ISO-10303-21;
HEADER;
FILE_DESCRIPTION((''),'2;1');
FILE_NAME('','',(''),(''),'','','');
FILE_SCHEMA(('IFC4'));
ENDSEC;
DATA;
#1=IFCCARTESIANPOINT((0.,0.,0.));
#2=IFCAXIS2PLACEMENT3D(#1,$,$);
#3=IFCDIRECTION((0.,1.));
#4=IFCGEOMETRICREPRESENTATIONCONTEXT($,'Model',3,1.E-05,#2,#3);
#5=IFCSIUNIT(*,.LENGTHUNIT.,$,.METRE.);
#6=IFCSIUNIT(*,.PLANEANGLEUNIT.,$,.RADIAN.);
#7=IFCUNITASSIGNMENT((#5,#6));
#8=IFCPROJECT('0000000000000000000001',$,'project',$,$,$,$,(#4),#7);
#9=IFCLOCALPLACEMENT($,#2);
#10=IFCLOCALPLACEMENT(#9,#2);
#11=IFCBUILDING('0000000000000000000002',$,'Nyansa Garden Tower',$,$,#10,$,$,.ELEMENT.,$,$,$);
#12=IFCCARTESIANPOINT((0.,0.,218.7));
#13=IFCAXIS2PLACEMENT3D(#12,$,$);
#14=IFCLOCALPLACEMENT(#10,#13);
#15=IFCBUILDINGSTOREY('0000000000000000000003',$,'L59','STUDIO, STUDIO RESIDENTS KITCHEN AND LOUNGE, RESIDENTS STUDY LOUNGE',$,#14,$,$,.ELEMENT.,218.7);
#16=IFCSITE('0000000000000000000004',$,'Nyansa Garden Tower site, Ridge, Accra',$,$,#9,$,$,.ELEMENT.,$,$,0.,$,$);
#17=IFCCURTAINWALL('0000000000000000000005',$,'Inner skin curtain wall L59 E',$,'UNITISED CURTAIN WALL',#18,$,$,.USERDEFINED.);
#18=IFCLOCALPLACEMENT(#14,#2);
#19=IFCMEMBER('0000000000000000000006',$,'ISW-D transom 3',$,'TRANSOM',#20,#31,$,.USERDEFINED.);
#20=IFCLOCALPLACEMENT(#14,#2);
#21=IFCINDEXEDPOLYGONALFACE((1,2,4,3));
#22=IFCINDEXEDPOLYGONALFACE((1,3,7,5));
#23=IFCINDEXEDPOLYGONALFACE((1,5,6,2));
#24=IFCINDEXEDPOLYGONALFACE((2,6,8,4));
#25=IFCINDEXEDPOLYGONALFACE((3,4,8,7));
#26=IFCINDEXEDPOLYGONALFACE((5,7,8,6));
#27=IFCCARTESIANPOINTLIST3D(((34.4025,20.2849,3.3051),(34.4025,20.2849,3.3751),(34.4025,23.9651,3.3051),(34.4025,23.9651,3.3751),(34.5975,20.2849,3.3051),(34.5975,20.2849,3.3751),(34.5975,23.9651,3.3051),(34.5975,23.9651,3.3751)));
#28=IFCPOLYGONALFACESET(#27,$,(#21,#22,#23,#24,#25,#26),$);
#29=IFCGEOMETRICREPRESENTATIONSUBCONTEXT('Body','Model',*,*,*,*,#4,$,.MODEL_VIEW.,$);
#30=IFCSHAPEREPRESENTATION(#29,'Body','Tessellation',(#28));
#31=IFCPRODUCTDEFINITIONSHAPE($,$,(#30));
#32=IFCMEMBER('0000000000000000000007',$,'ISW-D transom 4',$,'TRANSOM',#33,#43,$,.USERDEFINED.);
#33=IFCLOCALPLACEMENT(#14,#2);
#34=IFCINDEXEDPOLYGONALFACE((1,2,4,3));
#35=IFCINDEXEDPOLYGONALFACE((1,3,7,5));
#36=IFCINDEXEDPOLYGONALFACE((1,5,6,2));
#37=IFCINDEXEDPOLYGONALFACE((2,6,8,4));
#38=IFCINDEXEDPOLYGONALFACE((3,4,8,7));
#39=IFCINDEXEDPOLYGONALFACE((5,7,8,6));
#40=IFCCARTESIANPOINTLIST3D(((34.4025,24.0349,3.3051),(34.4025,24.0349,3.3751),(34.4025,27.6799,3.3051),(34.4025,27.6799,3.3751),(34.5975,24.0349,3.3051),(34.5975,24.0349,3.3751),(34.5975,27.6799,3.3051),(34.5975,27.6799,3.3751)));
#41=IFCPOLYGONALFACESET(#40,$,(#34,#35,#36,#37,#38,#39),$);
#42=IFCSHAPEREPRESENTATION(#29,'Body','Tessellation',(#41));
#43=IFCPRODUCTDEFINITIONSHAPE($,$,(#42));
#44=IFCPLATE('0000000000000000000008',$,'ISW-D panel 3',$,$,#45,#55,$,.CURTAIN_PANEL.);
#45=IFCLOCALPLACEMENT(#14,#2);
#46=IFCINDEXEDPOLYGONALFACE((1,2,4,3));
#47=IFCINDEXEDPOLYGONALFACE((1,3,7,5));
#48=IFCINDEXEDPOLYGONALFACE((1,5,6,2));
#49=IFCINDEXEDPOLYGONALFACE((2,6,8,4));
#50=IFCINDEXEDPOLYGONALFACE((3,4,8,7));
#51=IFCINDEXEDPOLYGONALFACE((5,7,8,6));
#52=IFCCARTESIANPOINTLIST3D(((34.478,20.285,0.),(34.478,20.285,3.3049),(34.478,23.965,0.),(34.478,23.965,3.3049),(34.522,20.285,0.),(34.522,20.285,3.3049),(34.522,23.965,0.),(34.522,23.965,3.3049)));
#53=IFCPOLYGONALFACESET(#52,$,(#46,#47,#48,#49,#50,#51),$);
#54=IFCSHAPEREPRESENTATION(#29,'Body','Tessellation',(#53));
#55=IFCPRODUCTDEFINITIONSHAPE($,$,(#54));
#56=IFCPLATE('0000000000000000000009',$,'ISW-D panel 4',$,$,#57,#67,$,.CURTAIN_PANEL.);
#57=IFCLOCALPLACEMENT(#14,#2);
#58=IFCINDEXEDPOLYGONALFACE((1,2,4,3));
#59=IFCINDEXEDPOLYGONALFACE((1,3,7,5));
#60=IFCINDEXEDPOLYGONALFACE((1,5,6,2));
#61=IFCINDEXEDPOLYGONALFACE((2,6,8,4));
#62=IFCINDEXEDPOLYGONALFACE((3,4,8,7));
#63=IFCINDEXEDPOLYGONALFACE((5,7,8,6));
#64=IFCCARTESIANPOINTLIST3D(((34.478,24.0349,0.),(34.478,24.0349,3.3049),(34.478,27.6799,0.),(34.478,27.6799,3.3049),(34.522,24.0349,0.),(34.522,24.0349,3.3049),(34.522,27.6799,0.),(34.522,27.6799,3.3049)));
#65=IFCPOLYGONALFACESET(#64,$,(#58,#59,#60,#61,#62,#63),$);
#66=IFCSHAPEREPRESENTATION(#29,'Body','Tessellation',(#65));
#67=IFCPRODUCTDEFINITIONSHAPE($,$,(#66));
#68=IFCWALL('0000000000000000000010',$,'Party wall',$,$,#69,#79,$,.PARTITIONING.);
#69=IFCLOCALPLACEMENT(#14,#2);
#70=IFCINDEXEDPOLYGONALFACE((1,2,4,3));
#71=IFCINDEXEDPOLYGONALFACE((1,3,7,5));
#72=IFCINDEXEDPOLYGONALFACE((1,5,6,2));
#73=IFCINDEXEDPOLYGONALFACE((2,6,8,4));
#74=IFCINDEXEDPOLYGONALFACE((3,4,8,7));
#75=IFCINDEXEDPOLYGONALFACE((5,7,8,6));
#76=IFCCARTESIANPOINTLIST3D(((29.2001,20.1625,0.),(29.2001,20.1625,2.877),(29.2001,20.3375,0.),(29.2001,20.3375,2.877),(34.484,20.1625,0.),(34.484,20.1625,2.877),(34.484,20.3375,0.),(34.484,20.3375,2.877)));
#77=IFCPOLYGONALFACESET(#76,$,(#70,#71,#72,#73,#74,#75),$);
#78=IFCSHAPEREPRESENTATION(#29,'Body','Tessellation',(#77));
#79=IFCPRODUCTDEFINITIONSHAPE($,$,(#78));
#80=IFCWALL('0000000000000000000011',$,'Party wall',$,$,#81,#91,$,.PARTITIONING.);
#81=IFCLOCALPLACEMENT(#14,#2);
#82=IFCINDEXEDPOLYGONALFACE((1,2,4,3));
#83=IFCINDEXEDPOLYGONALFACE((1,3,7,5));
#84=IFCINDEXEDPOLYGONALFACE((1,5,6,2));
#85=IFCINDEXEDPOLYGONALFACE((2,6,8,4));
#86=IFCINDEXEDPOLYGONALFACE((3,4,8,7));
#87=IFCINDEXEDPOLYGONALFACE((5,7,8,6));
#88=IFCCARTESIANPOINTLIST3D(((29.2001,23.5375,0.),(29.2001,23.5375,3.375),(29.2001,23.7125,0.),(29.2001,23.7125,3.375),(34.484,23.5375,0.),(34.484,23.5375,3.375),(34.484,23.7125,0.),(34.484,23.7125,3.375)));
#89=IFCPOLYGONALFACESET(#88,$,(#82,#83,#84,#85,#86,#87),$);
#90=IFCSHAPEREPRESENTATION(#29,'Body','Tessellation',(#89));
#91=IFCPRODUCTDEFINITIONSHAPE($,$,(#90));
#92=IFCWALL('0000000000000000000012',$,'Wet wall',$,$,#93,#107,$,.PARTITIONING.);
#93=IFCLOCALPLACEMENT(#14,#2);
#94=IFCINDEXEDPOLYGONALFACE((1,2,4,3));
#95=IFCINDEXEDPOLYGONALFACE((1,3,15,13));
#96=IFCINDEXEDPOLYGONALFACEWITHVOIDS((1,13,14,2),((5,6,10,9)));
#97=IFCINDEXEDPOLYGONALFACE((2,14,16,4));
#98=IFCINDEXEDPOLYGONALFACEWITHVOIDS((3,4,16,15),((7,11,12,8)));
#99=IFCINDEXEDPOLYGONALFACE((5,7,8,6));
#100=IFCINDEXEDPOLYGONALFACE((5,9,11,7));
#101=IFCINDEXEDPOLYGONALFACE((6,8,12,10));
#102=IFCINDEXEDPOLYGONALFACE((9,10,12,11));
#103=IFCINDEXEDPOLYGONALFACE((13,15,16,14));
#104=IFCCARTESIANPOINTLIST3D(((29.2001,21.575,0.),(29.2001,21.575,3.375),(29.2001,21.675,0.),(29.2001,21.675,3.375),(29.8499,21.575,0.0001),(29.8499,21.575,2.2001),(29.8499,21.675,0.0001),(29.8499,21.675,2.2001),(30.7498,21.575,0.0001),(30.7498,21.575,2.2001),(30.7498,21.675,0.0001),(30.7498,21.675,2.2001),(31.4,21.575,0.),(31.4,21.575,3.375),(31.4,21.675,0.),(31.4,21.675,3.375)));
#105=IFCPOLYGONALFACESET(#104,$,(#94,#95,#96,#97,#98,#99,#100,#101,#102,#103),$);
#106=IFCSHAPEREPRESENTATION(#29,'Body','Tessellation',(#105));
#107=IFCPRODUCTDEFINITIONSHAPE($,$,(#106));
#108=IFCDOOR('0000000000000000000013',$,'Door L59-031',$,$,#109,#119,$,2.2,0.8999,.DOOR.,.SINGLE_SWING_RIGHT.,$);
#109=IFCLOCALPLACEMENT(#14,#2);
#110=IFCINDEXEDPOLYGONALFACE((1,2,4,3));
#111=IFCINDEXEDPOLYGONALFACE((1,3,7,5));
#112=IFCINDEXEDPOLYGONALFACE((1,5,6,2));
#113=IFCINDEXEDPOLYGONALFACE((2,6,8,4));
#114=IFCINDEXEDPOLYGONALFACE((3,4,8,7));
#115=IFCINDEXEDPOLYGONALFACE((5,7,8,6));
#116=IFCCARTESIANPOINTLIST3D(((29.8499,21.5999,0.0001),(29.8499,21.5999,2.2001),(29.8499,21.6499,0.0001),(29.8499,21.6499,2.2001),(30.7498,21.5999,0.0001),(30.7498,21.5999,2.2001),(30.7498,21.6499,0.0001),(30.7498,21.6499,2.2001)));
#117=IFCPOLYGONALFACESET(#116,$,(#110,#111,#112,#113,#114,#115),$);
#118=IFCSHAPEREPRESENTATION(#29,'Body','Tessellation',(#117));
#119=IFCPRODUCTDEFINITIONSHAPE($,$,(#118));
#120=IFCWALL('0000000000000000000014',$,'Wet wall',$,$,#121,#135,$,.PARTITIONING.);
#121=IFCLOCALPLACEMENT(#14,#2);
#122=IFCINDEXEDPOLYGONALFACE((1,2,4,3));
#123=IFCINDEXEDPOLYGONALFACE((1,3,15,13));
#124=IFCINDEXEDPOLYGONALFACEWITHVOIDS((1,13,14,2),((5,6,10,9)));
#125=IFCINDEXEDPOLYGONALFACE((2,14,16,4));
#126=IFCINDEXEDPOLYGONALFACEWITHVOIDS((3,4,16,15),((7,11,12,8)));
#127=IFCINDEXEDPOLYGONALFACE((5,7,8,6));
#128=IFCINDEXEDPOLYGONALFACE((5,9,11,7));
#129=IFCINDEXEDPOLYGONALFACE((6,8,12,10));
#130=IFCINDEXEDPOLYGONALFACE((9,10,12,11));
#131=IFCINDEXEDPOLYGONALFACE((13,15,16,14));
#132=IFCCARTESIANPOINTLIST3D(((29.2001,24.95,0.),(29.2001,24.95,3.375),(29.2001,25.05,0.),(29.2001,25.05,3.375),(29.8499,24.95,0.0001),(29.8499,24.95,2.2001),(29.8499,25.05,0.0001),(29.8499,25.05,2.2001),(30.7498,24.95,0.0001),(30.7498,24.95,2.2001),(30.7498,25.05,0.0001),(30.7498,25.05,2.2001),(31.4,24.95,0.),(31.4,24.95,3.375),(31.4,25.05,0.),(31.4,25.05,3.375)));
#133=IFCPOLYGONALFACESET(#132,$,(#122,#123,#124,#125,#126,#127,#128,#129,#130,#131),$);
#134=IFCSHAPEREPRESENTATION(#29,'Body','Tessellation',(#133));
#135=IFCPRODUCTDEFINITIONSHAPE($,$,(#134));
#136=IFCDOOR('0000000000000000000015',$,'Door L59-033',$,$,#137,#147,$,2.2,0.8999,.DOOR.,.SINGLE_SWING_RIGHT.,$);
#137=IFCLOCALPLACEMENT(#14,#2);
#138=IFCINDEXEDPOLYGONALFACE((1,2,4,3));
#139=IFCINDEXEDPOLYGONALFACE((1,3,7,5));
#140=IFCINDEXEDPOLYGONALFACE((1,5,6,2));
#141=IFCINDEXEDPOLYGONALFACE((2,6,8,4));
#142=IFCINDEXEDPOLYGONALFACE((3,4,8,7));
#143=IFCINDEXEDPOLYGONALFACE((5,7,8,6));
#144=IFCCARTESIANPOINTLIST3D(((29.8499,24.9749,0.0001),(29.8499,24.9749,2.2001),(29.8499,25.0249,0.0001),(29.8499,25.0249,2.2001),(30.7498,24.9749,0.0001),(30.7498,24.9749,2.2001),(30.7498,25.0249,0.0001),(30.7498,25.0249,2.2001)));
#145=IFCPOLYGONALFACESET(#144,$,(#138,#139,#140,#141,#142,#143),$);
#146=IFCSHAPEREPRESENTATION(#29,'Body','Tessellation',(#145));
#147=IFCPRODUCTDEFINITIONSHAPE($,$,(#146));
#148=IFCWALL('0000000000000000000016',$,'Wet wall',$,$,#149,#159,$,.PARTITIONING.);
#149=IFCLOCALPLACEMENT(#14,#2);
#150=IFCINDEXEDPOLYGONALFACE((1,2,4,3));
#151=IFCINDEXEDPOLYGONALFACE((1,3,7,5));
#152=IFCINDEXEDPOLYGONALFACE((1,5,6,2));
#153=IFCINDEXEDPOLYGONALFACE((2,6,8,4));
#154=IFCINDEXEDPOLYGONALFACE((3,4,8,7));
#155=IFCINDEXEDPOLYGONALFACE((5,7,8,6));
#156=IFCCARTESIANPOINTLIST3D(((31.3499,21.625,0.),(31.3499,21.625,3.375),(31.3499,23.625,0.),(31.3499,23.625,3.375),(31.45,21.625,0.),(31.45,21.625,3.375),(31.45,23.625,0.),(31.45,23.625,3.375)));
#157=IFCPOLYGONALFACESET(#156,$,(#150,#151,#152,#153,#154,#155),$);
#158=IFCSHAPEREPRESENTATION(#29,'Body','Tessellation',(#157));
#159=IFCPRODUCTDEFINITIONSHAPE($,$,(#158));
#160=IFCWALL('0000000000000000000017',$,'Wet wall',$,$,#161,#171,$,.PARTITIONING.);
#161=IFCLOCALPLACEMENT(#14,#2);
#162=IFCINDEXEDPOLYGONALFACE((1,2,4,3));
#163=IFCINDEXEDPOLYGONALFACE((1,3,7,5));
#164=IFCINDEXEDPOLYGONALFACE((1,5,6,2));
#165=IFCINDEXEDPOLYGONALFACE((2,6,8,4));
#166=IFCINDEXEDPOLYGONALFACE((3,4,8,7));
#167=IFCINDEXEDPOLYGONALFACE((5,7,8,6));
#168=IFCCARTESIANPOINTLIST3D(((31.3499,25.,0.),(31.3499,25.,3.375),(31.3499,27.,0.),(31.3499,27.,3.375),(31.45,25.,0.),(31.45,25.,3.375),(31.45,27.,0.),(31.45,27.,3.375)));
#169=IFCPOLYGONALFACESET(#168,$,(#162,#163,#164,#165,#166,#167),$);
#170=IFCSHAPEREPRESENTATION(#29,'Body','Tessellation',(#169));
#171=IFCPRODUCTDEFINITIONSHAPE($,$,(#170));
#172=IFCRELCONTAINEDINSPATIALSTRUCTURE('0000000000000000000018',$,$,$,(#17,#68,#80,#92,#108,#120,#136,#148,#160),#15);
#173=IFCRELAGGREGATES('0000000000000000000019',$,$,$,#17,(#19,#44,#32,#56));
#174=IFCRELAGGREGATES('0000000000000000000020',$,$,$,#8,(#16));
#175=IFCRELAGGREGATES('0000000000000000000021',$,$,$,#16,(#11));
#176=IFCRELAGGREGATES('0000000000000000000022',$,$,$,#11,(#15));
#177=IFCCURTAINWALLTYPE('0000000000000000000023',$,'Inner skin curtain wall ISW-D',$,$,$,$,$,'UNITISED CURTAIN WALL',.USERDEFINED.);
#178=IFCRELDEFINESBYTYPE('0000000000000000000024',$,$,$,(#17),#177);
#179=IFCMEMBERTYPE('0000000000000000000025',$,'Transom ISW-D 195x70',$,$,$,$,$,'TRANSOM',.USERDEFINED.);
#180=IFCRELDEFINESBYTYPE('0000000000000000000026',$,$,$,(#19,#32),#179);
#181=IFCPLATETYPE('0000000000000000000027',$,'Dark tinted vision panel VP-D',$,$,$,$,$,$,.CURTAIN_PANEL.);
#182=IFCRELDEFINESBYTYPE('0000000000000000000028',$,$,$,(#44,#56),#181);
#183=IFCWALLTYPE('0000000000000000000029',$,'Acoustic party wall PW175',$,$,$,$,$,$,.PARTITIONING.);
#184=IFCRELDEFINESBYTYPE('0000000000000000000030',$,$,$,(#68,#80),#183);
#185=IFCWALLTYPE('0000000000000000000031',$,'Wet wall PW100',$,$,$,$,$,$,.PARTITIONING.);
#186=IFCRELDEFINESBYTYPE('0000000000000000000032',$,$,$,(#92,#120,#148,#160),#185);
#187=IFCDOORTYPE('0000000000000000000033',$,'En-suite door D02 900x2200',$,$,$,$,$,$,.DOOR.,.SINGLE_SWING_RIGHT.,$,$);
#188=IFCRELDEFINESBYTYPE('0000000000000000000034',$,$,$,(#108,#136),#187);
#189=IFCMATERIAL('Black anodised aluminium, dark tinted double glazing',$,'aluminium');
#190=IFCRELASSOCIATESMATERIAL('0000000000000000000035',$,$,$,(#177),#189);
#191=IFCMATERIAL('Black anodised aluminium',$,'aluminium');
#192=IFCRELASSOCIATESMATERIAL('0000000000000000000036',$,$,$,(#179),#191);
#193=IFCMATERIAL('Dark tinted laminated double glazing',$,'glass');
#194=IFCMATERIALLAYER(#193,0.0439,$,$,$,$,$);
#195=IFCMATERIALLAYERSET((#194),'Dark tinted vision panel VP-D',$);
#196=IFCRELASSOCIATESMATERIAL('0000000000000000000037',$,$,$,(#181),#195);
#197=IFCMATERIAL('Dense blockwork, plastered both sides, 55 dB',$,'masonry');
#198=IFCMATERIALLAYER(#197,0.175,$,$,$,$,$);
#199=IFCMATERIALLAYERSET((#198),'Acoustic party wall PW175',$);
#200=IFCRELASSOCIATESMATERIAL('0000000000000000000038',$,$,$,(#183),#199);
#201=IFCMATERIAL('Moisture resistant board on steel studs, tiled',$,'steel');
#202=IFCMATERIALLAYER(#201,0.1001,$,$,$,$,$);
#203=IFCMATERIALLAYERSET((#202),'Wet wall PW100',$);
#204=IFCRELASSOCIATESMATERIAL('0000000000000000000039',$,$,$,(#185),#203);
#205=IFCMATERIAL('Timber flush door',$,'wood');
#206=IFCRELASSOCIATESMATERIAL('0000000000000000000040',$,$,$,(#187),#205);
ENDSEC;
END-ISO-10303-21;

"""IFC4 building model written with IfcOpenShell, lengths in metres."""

from ifc_helpers import new_model, si_unit, direction, frame, frame_2d, origin, origin_2d, place, context, subcontext, project, spatial, rectangle, extrude, material, layer, layer_set, material_profile, profile_set, type_object, element, fill, aggregate, save


model = new_model("IFC4")

# Units and contexts
model_context = context("Model", 3, precision=1e-05, world=origin(), true_north=direction((0.0, 1.0)))
body_context = subcontext(model_context, "Body", "Model", "MODEL_VIEW")
ifc_project = project(units=[si_unit("LENGTHUNIT", "METRE"), si_unit("PLANEANGLEUNIT", "RADIAN")], contexts=[model_context])

# Site, building, storey
site_placement = place(None, origin())
site = spatial("IfcSite", under=ifc_project, at=site_placement, Name="Nyansa Garden Tower site, Ridge, Accra", CompositionType="ELEMENT", RefElevation=0.0)
building_placement = place(site_placement, origin())
building = spatial("IfcBuilding", under=site, at=building_placement, Name="Nyansa Garden Tower", CompositionType="ELEMENT")
storey_placement = place(building_placement, frame((0.0, 0.0, 218.7)))
storey = spatial("IfcBuildingStorey", under=building, at=storey_placement, Name="L59", Description="STUDIO, STUDIO RESIDENTS KITCHEN AND LOUNGE, RESIDENTS STUDY LOUNGE", CompositionType="ELEMENT", Elevation=218.7)

# Curtain wall
ifc_material_1 = material(Name="Black anodised aluminium, dark tinted double glazing", Category="aluminium")
curtain_wall_type = type_object("IfcCurtainWallType", Name="Inner skin curtain wall ISW-D", ElementType="UNITISED CURTAIN WALL", PredefinedType="USERDEFINED", material=ifc_material_1)
curtain_wall_placement = place(storey_placement, origin())
curtain_wall = element("IfcCurtainWall", 1, at=curtain_wall_placement, inside=storey, type_object=curtain_wall_type, Name="Inner skin curtain wall L59 E", ObjectType="UNITISED CURTAIN WALL", PredefinedType="USERDEFINED")

# Members
ifc_material_2 = material(Name="Black anodised aluminium", Category="aluminium")
ifc_material_profile_1 = material_profile(ifc_material_2, rectangle(XDim=0.1951, YDim=0.0701, at=origin_2d()), Name="Transom 195x70")
ifc_profile_set_1 = profile_set([ifc_material_profile_1], Name="Black anodised aluminium")
member_type_1 = type_object("IfcMemberType", Name="Transom ISW-D 195x70", ElementType="TRANSOM", PredefinedType="USERDEFINED", material=ifc_profile_set_1)
member_1_placement = place(storey_placement, frame((34.5, 20.2849, 3.3401), z_axis=(0.0, 1.0, 0.0), x_axis=(-1.0, 0.0, 0.0)))
member_1 = element("IfcMember", 2, at=member_1_placement, type_object=member_type_1, Name="ISW-D transom 3", ObjectType="TRANSOM", PredefinedType="USERDEFINED", context=body_context, shape_type="SweptSolid", body=[
    extrude(rectangle(XDim=0.1951, YDim=0.0701, at=origin_2d()), origin(), (0.0, 0.0, 1.0), 3.6802),
])
member_2_placement = place(storey_placement, frame((34.5, 24.0349, 3.3401), z_axis=(0.0, 1.0, 0.0), x_axis=(-1.0, 0.0, 0.0)))
member_2 = element("IfcMember", 3, at=member_2_placement, type_object=member_type_1, Name="ISW-D transom 4", ObjectType="TRANSOM", PredefinedType="USERDEFINED", context=body_context, shape_type="SweptSolid", body=[
    extrude(rectangle(XDim=0.1951, YDim=0.0701, at=origin_2d()), origin(), (0.0, 0.0, 1.0), 3.645),
])

# Plates
ifc_material_3 = material(Name="Dark tinted laminated double glazing", Category="glass")
ifc_layer_1 = layer(ifc_material_3, 0.0439)
ifc_layer_set_1 = layer_set([ifc_layer_1], Name="Dark tinted vision panel VP-D")
plate_type = type_object("IfcPlateType", Name="Dark tinted vision panel VP-D", PredefinedType="CURTAIN_PANEL", material=ifc_layer_set_1)
plate_1_placement = place(storey_placement, frame((34.5, 22.125, 0.0), z_axis=(0.0, 0.0, 1.0), x_axis=(0.0, 1.0, 0.0)))
plate_1 = element("IfcPlate", 4, at=plate_1_placement, type_object=plate_type, Name="ISW-D panel 3", PredefinedType="CURTAIN_PANEL", context=body_context, shape_type="SweptSolid", body=[
    extrude(rectangle(XDim=3.6799, YDim=0.0439, at=origin_2d()), origin(), (0.0, 0.0, 1.0), 3.3049),
])
plate_2_placement = place(storey_placement, frame((34.5, 25.8574, 0.0), z_axis=(0.0, 0.0, 1.0), x_axis=(0.0, 1.0, 0.0)))
plate_2 = element("IfcPlate", 5, at=plate_2_placement, type_object=plate_type, Name="ISW-D panel 4", PredefinedType="CURTAIN_PANEL", context=body_context, shape_type="SweptSolid", body=[
    extrude(rectangle(XDim=3.645, YDim=0.0439, at=origin_2d()), origin(), (0.0, 0.0, 1.0), 3.3049),
])
aggregate(curtain_wall, [member_1, plate_1, member_2, plate_2])

# Walls
ifc_material_4 = material(Name="Dense blockwork, plastered both sides, 55 dB", Category="masonry")
ifc_layer_2 = layer(ifc_material_4, 0.175)
ifc_layer_set_2 = layer_set([ifc_layer_2], Name="Acoustic party wall PW175")
wall_type_1 = type_object("IfcWallType", Name="Acoustic party wall PW175", PredefinedType="PARTITIONING", material=ifc_layer_set_2)
wall_1_placement = place(storey_placement, frame((29.2, 20.25, 0.0), z_axis=(0.0, 0.0, 1.0), x_axis=(1.0, 0.0, 0.0)))
element("IfcWall", 6, at=wall_1_placement, inside=storey, type_object=wall_type_1, Name="Party wall", PredefinedType="PARTITIONING", context=body_context, shape_type="SweptSolid", body=[
    extrude(rectangle(XDim=5.2839, YDim=0.175, at=frame_2d((2.6421, 0.0))), origin(), (0.0, 0.0, 1.0), 2.877),
])
wall_2_placement = place(storey_placement, frame((29.2, 23.625, 0.0), z_axis=(0.0, 0.0, 1.0), x_axis=(1.0, 0.0, 0.0)))
element("IfcWall", 7, at=wall_2_placement, inside=storey, type_object=wall_type_1, Name="Party wall", PredefinedType="PARTITIONING", context=body_context, shape_type="SweptSolid", body=[
    extrude(rectangle(XDim=5.2839, YDim=0.175, at=frame_2d((2.6421, 0.0))), origin(), (0.0, 0.0, 1.0), 3.375),
])

# Walls, openings, doors
ifc_material_5 = material(Name="Moisture resistant board on steel studs, tiled", Category="steel")
ifc_layer_3 = layer(ifc_material_5, 0.1001)
ifc_layer_set_3 = layer_set([ifc_layer_3], Name="Wet wall PW100")
wall_type_2 = type_object("IfcWallType", Name="Wet wall PW100", PredefinedType="PARTITIONING", material=ifc_layer_set_3)
wall_3_placement = place(storey_placement, frame((29.2, 21.625, 0.0), z_axis=(0.0, 0.0, 1.0), x_axis=(1.0, 0.0, 0.0)))
wall_3 = element("IfcWall", 8, at=wall_3_placement, inside=storey, type_object=wall_type_2, Name="Wet wall", PredefinedType="PARTITIONING", context=body_context, shape_type="SweptSolid", body=[
    extrude(rectangle(XDim=2.2, YDim=0.1001, at=frame_2d((1.1001, 0.0))), origin(), (0.0, 0.0, 1.0), 3.375),
])
opening_1_placement = place(wall_3_placement, frame((0.6499, 0.0, 0.0)))
opening_1 = element("IfcOpeningElement", 9, at=opening_1_placement, cuts=wall_3, PredefinedType="OPENING", context=body_context, shape_type="SweptSolid", body=[
    extrude(rectangle(XDim=0.8999, YDim=2.2, at=frame_2d((0.45, 1.1001))), frame((0.0, 0.0601, 0.0), z_axis=(0.0, -1.0, 0.0), x_axis=(1.0, 0.0, 0.0)), (0.0, 0.0, 1.0), 0.1201),
])
ifc_material_6 = material(Name="Timber flush door", Category="wood")
door_type = type_object("IfcDoorType", Name="En-suite door D02 900x2200", OperationType="SINGLE_SWING_RIGHT", PredefinedType="DOOR", material=ifc_material_6)
door_1_placement = place(opening_1_placement, origin())
door_1 = element("IfcDoor", 10, at=door_1_placement, inside=storey, type_object=door_type, Name="Door L59-031", OperationType="SINGLE_SWING_RIGHT", OverallHeight=2.2, OverallWidth=0.8999, PredefinedType="DOOR", context=body_context, shape_type="SweptSolid", body=[
    extrude(rectangle(XDim=0.8999, YDim=2.2, at=frame_2d((0.45, 1.1001))), frame((0.0, 0.0249, 0.0), z_axis=(0.0, -1.0, 0.0), x_axis=(1.0, 0.0, 0.0)), (0.0, 0.0, 1.0), 0.05),
])
fill(opening_1, door_1)
wall_4_placement = place(storey_placement, frame((29.2, 25.0, 0.0), z_axis=(0.0, 0.0, 1.0), x_axis=(1.0, 0.0, 0.0)))
wall_4 = element("IfcWall", 11, at=wall_4_placement, inside=storey, type_object=wall_type_2, Name="Wet wall", PredefinedType="PARTITIONING", context=body_context, shape_type="SweptSolid", body=[
    extrude(rectangle(XDim=2.2, YDim=0.1001, at=frame_2d((1.1001, 0.0))), origin(), (0.0, 0.0, 1.0), 3.375),
])
opening_2_placement = place(wall_4_placement, frame((0.6499, 0.0, 0.0)))
opening_2 = element("IfcOpeningElement", 12, at=opening_2_placement, cuts=wall_4, PredefinedType="OPENING", context=body_context, shape_type="SweptSolid", body=[
    extrude(rectangle(XDim=0.8999, YDim=2.2, at=frame_2d((0.45, 1.1001))), frame((0.0, 0.0601, 0.0), z_axis=(0.0, -1.0, 0.0), x_axis=(1.0, 0.0, 0.0)), (0.0, 0.0, 1.0), 0.1201),
])
door_2_placement = place(opening_2_placement, origin())
door_2 = element("IfcDoor", 13, at=door_2_placement, inside=storey, type_object=door_type, Name="Door L59-033", OperationType="SINGLE_SWING_RIGHT", OverallHeight=2.2, OverallWidth=0.8999, PredefinedType="DOOR", context=body_context, shape_type="SweptSolid", body=[
    extrude(rectangle(XDim=0.8999, YDim=2.2, at=frame_2d((0.45, 1.1001))), frame((0.0, 0.0249, 0.0), z_axis=(0.0, -1.0, 0.0), x_axis=(1.0, 0.0, 0.0)), (0.0, 0.0, 1.0), 0.05),
])
fill(opening_2, door_2)

# Walls
for number, where, z_axis, x_axis, name in (
    (14, (31.3999, 21.625, 0.0), (0.0, 0.0, 1.0), (0.0, 1.0, 0.0), "Wet wall"),
    (15, (31.3999, 25.0, 0.0), (0.0, 0.0, 1.0), (0.0, 1.0, 0.0), "Wet wall"),
):
    element("IfcWall", number, at=place(storey_placement, frame(where, z_axis=z_axis, x_axis=x_axis)), inside=storey, type_object=wall_type_2, Name=name, PredefinedType="PARTITIONING", context=body_context, shape_type="SweptSolid", body=[
        extrude(rectangle(XDim=2.0, YDim=0.1001, at=frame_2d((1.0, 0.0))), origin(), (0.0, 0.0, 1.0), 3.375),
    ])

save(model, "model.ifc")
